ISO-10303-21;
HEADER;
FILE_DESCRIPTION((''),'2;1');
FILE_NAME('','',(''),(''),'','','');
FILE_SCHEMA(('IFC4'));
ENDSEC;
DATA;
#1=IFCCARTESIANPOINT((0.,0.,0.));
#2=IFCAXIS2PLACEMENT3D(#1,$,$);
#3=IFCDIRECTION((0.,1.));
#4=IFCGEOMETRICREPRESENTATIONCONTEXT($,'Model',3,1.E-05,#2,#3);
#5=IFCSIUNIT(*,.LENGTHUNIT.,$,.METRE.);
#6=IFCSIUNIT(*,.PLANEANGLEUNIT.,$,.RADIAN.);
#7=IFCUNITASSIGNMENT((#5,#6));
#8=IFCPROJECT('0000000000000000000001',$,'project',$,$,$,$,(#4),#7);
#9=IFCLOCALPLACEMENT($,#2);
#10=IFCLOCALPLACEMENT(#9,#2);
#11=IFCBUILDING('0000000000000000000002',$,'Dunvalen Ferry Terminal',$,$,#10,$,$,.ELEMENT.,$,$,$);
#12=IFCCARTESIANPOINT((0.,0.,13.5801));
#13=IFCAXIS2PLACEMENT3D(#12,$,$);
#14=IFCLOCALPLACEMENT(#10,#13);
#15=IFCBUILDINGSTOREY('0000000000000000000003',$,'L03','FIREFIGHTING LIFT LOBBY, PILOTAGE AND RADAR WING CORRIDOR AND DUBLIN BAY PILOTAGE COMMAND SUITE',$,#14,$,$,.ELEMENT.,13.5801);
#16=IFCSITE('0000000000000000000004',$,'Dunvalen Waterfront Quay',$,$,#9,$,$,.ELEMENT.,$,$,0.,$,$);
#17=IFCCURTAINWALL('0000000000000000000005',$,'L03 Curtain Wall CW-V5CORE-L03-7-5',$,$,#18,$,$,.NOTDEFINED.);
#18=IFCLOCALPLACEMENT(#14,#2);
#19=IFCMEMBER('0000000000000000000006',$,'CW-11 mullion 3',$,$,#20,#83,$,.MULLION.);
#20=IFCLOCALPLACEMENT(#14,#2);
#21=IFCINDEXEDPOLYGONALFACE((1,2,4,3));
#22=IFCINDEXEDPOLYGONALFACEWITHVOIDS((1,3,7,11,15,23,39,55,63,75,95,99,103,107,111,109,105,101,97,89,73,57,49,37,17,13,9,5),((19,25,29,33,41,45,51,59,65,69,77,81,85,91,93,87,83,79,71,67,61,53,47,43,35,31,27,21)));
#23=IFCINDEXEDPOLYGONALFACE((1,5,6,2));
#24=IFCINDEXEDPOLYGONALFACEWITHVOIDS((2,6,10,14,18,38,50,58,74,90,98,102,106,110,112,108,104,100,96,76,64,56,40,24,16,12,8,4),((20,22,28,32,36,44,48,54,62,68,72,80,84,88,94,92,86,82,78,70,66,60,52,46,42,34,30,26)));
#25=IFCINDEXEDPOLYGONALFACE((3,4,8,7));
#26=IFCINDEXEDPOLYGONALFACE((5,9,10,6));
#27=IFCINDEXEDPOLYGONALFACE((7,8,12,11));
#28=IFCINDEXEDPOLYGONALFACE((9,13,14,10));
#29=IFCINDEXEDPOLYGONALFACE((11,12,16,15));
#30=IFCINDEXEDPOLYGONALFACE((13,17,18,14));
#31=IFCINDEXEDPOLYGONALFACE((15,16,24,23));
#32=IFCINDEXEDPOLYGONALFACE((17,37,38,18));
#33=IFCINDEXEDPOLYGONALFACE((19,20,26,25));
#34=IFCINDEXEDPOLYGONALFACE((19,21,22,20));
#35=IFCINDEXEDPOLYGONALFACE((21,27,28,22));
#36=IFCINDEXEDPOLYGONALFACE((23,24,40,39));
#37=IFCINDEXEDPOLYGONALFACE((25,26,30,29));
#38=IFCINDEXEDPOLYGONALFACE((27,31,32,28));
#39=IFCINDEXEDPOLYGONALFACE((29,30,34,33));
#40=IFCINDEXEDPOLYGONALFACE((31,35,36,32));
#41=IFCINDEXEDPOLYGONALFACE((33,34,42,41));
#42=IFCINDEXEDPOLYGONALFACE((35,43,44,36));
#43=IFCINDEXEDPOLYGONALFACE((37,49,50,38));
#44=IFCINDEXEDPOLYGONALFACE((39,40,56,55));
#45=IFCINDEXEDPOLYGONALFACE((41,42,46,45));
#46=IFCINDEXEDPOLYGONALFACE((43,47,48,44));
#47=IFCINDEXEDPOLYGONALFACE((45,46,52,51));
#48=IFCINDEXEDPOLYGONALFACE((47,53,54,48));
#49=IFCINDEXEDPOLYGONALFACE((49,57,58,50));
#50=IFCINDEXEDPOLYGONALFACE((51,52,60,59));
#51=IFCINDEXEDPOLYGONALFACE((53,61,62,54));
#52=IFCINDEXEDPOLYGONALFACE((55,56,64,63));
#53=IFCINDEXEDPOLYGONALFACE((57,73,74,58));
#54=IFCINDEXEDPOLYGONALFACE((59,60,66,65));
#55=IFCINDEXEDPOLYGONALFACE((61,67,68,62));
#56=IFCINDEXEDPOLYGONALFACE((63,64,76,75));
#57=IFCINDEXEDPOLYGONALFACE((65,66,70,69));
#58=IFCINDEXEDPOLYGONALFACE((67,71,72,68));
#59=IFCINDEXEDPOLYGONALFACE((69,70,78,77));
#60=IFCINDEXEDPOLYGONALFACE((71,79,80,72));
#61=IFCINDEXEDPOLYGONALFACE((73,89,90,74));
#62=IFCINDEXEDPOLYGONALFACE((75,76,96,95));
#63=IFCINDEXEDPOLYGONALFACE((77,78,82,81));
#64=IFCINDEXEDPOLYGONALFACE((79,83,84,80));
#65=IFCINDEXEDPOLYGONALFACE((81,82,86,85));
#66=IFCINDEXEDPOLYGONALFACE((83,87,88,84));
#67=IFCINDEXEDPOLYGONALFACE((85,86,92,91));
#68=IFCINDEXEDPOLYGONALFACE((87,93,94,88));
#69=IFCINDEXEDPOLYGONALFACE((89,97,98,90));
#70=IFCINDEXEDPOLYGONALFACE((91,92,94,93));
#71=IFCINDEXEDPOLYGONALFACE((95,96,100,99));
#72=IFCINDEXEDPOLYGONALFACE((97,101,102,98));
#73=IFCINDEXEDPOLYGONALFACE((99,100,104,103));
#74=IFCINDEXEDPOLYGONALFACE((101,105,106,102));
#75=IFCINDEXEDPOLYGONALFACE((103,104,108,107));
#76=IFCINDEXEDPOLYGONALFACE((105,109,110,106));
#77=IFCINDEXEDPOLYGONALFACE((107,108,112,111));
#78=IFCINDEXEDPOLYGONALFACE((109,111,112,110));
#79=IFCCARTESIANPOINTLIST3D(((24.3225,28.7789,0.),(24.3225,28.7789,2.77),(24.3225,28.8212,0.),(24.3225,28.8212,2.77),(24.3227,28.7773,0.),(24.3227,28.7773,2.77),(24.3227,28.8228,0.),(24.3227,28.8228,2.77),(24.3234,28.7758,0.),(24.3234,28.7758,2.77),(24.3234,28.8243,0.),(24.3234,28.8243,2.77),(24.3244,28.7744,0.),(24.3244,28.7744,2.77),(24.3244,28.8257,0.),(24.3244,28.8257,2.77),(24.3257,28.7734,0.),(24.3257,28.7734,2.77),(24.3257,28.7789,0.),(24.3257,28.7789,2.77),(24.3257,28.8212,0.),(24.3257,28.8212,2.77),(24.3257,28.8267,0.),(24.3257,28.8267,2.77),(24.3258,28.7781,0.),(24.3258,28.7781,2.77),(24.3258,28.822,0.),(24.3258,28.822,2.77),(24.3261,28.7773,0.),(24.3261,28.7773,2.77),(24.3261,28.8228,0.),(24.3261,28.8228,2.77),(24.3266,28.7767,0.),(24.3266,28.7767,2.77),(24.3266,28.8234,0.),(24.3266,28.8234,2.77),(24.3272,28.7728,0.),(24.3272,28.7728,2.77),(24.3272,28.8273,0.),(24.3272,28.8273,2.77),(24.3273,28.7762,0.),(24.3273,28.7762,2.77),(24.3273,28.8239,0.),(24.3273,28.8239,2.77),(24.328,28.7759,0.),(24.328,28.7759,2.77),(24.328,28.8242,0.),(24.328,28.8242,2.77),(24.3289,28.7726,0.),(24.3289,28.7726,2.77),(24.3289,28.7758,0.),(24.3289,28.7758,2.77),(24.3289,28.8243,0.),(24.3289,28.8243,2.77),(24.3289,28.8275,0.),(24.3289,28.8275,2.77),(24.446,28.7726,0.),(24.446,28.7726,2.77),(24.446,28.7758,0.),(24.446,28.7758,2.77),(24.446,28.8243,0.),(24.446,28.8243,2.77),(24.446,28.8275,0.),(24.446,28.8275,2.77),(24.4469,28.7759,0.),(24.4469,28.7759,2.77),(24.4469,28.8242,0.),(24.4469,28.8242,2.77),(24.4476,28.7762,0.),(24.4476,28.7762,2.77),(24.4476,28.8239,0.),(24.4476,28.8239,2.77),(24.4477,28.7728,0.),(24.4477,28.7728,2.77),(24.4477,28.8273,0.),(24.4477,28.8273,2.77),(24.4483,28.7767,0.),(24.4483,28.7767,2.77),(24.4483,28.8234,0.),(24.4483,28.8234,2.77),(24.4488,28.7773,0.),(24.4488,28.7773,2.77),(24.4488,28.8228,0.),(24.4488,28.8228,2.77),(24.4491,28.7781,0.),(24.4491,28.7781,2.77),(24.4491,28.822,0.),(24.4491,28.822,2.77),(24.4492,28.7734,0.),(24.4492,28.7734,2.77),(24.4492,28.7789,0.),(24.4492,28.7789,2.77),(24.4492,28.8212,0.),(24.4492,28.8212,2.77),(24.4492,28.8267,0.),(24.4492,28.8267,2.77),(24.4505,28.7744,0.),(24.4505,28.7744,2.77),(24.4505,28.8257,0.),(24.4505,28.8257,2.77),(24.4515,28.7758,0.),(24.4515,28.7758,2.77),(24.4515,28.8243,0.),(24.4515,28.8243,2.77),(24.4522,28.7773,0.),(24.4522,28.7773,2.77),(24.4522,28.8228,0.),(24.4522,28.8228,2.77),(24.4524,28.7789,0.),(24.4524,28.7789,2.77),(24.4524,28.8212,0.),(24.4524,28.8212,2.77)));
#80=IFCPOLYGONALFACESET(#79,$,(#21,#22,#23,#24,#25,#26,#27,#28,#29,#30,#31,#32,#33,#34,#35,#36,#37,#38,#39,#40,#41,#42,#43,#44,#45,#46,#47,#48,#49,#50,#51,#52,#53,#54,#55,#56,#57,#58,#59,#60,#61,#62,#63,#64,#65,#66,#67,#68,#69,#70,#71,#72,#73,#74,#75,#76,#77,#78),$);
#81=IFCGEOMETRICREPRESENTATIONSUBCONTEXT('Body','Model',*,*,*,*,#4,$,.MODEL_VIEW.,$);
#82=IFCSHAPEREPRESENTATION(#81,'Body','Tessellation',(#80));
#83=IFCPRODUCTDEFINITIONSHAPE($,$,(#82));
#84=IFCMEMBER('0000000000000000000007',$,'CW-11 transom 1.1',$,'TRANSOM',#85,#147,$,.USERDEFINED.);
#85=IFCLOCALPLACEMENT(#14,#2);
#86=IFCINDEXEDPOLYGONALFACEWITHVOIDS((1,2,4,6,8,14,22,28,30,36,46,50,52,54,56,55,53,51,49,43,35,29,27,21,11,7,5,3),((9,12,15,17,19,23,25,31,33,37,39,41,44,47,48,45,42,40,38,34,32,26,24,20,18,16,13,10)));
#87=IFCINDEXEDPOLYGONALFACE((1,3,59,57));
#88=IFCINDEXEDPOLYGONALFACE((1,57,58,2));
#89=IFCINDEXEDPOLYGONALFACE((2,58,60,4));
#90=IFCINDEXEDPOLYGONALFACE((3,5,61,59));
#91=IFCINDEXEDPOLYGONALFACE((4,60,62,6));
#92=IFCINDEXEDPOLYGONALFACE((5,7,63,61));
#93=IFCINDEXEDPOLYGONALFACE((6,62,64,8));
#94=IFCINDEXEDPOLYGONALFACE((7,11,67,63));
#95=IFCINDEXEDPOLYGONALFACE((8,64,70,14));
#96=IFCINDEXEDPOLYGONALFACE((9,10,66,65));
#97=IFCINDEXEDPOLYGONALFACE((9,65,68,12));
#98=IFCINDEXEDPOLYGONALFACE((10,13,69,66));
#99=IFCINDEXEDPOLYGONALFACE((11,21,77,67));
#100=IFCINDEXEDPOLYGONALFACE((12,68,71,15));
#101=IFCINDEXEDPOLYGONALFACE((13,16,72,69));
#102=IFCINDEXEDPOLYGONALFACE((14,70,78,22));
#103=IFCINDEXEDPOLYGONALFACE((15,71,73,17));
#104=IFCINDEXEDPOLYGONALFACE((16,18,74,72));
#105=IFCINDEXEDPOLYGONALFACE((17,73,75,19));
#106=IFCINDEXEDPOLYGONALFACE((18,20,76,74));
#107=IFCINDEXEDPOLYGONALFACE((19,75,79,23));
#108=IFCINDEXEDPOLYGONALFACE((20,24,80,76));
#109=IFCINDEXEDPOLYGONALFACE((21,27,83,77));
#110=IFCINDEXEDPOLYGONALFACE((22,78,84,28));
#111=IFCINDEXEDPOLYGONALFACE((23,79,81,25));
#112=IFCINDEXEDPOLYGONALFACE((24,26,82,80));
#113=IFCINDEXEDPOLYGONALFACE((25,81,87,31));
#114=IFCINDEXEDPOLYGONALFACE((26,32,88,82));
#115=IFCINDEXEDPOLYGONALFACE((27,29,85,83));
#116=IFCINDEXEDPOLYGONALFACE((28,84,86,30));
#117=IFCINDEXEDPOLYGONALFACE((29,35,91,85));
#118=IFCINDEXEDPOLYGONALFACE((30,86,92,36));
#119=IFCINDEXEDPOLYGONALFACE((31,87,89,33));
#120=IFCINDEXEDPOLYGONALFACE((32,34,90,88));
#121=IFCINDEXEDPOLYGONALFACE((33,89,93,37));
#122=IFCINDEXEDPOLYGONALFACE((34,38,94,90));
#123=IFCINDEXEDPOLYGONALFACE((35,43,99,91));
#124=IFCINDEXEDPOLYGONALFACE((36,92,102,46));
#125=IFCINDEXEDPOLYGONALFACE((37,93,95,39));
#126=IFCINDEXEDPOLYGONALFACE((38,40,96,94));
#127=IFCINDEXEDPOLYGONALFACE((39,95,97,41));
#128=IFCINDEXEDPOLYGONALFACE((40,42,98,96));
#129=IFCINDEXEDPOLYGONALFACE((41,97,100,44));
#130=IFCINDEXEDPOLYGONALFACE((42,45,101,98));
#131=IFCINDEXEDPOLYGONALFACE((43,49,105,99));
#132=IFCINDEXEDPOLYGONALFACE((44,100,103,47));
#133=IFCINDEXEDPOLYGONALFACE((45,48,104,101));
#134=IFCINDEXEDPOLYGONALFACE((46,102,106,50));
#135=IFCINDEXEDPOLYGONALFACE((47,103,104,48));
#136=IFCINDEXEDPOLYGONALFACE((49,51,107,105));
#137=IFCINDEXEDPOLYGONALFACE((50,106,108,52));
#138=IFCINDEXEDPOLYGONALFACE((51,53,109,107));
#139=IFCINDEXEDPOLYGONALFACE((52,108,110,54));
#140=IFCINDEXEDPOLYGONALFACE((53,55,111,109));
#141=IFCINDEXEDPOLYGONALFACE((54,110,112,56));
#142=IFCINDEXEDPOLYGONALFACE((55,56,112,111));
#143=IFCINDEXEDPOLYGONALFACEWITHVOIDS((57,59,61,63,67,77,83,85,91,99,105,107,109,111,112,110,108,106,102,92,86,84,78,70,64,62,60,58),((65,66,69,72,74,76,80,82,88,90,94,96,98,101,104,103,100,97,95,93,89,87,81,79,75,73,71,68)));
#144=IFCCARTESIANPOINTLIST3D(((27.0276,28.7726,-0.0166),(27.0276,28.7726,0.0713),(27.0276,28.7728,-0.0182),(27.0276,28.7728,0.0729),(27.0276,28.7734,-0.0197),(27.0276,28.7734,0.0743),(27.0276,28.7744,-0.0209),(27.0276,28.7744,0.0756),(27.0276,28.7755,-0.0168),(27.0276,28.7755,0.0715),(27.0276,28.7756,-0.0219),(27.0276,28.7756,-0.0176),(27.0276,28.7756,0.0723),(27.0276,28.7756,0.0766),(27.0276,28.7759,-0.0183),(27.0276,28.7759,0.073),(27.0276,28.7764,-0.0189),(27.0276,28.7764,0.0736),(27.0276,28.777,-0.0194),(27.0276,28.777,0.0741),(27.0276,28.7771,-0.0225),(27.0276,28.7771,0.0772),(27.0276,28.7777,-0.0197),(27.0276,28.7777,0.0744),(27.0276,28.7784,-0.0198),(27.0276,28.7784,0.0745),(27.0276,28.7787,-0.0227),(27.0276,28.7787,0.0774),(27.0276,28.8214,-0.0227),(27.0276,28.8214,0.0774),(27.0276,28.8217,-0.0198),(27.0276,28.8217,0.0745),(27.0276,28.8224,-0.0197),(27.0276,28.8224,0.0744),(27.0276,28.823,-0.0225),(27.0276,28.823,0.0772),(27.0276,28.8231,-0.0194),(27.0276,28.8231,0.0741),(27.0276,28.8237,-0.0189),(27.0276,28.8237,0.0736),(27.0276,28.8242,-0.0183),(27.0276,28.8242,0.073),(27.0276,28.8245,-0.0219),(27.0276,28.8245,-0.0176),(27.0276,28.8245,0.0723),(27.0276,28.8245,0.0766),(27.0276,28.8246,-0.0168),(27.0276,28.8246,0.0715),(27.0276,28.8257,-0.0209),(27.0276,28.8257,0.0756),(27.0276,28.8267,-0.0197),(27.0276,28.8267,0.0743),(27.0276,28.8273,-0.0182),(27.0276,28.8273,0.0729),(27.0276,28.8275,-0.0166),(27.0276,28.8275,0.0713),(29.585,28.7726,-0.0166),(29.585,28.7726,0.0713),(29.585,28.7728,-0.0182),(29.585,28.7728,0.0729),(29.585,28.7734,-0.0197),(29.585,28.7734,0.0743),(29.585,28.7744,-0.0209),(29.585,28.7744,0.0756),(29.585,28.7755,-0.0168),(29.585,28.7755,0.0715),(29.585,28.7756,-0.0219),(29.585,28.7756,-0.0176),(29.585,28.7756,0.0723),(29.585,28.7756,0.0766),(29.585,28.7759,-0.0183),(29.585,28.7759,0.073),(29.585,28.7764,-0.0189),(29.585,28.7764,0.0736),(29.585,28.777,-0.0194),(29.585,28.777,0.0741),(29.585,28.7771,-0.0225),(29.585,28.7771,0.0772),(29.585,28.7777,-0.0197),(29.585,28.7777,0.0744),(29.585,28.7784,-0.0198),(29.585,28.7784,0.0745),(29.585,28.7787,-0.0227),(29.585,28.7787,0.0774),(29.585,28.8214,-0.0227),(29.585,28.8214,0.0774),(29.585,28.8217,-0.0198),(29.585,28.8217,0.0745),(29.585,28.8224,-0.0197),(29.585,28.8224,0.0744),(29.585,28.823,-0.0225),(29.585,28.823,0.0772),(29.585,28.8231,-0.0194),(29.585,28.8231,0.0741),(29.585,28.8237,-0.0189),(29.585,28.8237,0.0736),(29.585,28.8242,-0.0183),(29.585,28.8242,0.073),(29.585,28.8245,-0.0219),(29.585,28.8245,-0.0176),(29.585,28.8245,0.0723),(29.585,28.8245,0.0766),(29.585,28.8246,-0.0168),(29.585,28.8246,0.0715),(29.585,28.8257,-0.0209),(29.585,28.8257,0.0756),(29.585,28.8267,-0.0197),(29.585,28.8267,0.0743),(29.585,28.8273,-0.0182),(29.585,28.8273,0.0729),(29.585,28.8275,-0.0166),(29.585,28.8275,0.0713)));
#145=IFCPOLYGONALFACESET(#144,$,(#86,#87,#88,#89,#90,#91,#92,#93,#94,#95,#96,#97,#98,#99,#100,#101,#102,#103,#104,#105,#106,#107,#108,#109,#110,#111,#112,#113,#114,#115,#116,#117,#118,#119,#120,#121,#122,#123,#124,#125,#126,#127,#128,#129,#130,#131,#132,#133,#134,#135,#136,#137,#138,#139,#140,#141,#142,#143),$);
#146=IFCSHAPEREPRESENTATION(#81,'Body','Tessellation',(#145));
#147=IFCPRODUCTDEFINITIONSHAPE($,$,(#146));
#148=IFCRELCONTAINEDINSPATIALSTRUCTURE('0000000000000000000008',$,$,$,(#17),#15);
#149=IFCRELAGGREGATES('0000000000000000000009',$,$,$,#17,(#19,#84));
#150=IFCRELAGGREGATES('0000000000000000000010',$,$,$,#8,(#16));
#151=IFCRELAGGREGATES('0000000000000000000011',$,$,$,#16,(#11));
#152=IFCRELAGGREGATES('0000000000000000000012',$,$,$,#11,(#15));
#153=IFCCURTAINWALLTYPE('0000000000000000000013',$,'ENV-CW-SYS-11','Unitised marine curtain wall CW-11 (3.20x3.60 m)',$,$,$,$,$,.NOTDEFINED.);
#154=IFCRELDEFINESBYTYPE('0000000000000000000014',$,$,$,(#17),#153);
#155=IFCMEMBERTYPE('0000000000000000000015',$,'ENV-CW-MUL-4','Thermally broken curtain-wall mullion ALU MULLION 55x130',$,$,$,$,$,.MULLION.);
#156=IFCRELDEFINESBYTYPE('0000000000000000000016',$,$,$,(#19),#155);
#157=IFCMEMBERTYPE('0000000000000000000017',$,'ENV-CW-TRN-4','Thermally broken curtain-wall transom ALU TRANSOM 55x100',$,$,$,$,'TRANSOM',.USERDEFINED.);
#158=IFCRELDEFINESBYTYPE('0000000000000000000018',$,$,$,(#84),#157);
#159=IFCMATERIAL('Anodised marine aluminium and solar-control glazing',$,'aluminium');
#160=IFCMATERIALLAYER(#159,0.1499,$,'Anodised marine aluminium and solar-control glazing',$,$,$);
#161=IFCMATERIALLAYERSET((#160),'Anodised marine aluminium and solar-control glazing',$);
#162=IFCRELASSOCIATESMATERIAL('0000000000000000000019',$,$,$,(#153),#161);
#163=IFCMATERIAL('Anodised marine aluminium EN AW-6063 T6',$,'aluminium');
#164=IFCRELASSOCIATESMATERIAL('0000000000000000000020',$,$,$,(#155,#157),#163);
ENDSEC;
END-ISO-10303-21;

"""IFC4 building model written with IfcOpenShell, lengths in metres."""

from ifc_helpers import new_model, si_unit, direction, frame, origin, origin_2d, place, context, subcontext, project, spatial, hollow_rectangle, extrude, material, layer, layer_set, material_profile, profile_set, type_object, element, aggregate, save


model = new_model("IFC4")

# Units and contexts
model_context = context("Model", 3, precision=1e-05, world=origin(), true_north=direction((0.0, 1.0)))
body_context = subcontext(model_context, "Body", "Model", "MODEL_VIEW")
ifc_project = project(units=[si_unit("LENGTHUNIT", "METRE"), si_unit("PLANEANGLEUNIT", "RADIAN")], contexts=[model_context])

# Site, building, storey
site_placement = place(None, origin())
site = spatial("IfcSite", under=ifc_project, at=site_placement, Name="Dunvalen Waterfront Quay", CompositionType="ELEMENT", RefElevation=0.0)
building_placement = place(site_placement, origin())
building = spatial("IfcBuilding", under=site, at=building_placement, Name="Dunvalen Ferry Terminal", CompositionType="ELEMENT")
storey_placement = place(building_placement, frame((0.0, 0.0, 13.5801)))
storey = spatial("IfcBuildingStorey", under=building, at=storey_placement, Name="L03", Description="FIREFIGHTING LIFT LOBBY, PILOTAGE AND RADAR WING CORRIDOR AND DUBLIN BAY PILOTAGE COMMAND SUITE", CompositionType="ELEMENT", Elevation=13.5801)

# Curtain wall, members
ifc_material_1 = material(Name="Anodised marine aluminium and solar-control glazing", Category="aluminium")
ifc_layer_1 = layer(ifc_material_1, 0.1499, Name="Anodised marine aluminium and solar-control glazing")
ifc_layer_set_1 = layer_set([ifc_layer_1], Name="Anodised marine aluminium and solar-control glazing")
curtain_wall_type = type_object("IfcCurtainWallType", Name="ENV-CW-SYS-11", Description="Unitised marine curtain wall CW-11 (3.20x3.60 m)", PredefinedType="NOTDEFINED", material=ifc_layer_set_1)
curtain_wall_placement = place(storey_placement, origin())
curtain_wall = element("IfcCurtainWall", 1, at=curtain_wall_placement, inside=storey, type_object=curtain_wall_type, Name="L03 Curtain Wall CW-V5CORE-L03-7-5", PredefinedType="NOTDEFINED")
ifc_material_2 = material(Name="Anodised marine aluminium EN AW-6063 T6", Category="aluminium")
ifc_material_profile_1 = material_profile(ifc_material_2, hollow_rectangle(XDim=0.0549, YDim=0.1299, WallThickness=0.0032, InnerFilletRadius=0.0032, OuterFilletRadius=0.0063, at=origin_2d()), Name="Anodised marine aluminium EN AW-6063 T6")
ifc_profile_set_1 = profile_set([ifc_material_profile_1], Name="Anodised marine aluminium EN AW-6063 T6")
member_type_1 = type_object("IfcMemberType", Name="ENV-CW-MUL-4", Description="Thermally broken curtain-wall mullion ALU MULLION 55x130", PredefinedType="MULLION", material=ifc_profile_set_1)
member_1_placement = place(storey_placement, frame((24.3875, 28.8, 0.0), z_axis=(0.0, 0.0, 1.0), x_axis=(0.0, -1.0, 0.0)))
member_1 = element("IfcMember", 2, at=member_1_placement, type_object=member_type_1, Name="CW-11 mullion 3", PredefinedType="MULLION", context=body_context, shape_type="SweptSolid", body=[
    extrude(hollow_rectangle(XDim=0.0549, YDim=0.1299, WallThickness=0.0032, InnerFilletRadius=0.0032, OuterFilletRadius=0.0063, at=origin_2d()), origin(), (0.0, 0.0, 1.0), 2.77),
])
ifc_material_profile_2 = material_profile(ifc_material_2, hollow_rectangle(XDim=0.0549, YDim=0.1001, WallThickness=0.0029, InnerFilletRadius=0.0029, OuterFilletRadius=0.0061, at=origin_2d()), Name="Anodised marine aluminium EN AW-6063 T6")
ifc_profile_set_2 = profile_set([ifc_material_profile_2], Name="Anodised marine aluminium EN AW-6063 T6")
member_type_2 = type_object("IfcMemberType", Name="ENV-CW-TRN-4", Description="Thermally broken curtain-wall transom ALU TRANSOM 55x100", ElementType="TRANSOM", PredefinedType="USERDEFINED", material=ifc_profile_set_2)
member_2_placement = place(storey_placement, frame((29.585, 28.8, 0.0273), z_axis=(-1.0, 0.0, 0.0), x_axis=(0.0, -1.0, 0.0)))
member_2 = element("IfcMember", 3, at=member_2_placement, type_object=member_type_2, Name="CW-11 transom 1.1", ObjectType="TRANSOM", PredefinedType="USERDEFINED", context=body_context, shape_type="SweptSolid", body=[
    extrude(hollow_rectangle(XDim=0.0549, YDim=0.1001, WallThickness=0.0029, InnerFilletRadius=0.0029, OuterFilletRadius=0.0061, at=origin_2d()), origin(), (0.0, 0.0, 1.0), 2.5574),
])

aggregate(curtain_wall, [member_1, member_2])

save(model, "model.ifc")
